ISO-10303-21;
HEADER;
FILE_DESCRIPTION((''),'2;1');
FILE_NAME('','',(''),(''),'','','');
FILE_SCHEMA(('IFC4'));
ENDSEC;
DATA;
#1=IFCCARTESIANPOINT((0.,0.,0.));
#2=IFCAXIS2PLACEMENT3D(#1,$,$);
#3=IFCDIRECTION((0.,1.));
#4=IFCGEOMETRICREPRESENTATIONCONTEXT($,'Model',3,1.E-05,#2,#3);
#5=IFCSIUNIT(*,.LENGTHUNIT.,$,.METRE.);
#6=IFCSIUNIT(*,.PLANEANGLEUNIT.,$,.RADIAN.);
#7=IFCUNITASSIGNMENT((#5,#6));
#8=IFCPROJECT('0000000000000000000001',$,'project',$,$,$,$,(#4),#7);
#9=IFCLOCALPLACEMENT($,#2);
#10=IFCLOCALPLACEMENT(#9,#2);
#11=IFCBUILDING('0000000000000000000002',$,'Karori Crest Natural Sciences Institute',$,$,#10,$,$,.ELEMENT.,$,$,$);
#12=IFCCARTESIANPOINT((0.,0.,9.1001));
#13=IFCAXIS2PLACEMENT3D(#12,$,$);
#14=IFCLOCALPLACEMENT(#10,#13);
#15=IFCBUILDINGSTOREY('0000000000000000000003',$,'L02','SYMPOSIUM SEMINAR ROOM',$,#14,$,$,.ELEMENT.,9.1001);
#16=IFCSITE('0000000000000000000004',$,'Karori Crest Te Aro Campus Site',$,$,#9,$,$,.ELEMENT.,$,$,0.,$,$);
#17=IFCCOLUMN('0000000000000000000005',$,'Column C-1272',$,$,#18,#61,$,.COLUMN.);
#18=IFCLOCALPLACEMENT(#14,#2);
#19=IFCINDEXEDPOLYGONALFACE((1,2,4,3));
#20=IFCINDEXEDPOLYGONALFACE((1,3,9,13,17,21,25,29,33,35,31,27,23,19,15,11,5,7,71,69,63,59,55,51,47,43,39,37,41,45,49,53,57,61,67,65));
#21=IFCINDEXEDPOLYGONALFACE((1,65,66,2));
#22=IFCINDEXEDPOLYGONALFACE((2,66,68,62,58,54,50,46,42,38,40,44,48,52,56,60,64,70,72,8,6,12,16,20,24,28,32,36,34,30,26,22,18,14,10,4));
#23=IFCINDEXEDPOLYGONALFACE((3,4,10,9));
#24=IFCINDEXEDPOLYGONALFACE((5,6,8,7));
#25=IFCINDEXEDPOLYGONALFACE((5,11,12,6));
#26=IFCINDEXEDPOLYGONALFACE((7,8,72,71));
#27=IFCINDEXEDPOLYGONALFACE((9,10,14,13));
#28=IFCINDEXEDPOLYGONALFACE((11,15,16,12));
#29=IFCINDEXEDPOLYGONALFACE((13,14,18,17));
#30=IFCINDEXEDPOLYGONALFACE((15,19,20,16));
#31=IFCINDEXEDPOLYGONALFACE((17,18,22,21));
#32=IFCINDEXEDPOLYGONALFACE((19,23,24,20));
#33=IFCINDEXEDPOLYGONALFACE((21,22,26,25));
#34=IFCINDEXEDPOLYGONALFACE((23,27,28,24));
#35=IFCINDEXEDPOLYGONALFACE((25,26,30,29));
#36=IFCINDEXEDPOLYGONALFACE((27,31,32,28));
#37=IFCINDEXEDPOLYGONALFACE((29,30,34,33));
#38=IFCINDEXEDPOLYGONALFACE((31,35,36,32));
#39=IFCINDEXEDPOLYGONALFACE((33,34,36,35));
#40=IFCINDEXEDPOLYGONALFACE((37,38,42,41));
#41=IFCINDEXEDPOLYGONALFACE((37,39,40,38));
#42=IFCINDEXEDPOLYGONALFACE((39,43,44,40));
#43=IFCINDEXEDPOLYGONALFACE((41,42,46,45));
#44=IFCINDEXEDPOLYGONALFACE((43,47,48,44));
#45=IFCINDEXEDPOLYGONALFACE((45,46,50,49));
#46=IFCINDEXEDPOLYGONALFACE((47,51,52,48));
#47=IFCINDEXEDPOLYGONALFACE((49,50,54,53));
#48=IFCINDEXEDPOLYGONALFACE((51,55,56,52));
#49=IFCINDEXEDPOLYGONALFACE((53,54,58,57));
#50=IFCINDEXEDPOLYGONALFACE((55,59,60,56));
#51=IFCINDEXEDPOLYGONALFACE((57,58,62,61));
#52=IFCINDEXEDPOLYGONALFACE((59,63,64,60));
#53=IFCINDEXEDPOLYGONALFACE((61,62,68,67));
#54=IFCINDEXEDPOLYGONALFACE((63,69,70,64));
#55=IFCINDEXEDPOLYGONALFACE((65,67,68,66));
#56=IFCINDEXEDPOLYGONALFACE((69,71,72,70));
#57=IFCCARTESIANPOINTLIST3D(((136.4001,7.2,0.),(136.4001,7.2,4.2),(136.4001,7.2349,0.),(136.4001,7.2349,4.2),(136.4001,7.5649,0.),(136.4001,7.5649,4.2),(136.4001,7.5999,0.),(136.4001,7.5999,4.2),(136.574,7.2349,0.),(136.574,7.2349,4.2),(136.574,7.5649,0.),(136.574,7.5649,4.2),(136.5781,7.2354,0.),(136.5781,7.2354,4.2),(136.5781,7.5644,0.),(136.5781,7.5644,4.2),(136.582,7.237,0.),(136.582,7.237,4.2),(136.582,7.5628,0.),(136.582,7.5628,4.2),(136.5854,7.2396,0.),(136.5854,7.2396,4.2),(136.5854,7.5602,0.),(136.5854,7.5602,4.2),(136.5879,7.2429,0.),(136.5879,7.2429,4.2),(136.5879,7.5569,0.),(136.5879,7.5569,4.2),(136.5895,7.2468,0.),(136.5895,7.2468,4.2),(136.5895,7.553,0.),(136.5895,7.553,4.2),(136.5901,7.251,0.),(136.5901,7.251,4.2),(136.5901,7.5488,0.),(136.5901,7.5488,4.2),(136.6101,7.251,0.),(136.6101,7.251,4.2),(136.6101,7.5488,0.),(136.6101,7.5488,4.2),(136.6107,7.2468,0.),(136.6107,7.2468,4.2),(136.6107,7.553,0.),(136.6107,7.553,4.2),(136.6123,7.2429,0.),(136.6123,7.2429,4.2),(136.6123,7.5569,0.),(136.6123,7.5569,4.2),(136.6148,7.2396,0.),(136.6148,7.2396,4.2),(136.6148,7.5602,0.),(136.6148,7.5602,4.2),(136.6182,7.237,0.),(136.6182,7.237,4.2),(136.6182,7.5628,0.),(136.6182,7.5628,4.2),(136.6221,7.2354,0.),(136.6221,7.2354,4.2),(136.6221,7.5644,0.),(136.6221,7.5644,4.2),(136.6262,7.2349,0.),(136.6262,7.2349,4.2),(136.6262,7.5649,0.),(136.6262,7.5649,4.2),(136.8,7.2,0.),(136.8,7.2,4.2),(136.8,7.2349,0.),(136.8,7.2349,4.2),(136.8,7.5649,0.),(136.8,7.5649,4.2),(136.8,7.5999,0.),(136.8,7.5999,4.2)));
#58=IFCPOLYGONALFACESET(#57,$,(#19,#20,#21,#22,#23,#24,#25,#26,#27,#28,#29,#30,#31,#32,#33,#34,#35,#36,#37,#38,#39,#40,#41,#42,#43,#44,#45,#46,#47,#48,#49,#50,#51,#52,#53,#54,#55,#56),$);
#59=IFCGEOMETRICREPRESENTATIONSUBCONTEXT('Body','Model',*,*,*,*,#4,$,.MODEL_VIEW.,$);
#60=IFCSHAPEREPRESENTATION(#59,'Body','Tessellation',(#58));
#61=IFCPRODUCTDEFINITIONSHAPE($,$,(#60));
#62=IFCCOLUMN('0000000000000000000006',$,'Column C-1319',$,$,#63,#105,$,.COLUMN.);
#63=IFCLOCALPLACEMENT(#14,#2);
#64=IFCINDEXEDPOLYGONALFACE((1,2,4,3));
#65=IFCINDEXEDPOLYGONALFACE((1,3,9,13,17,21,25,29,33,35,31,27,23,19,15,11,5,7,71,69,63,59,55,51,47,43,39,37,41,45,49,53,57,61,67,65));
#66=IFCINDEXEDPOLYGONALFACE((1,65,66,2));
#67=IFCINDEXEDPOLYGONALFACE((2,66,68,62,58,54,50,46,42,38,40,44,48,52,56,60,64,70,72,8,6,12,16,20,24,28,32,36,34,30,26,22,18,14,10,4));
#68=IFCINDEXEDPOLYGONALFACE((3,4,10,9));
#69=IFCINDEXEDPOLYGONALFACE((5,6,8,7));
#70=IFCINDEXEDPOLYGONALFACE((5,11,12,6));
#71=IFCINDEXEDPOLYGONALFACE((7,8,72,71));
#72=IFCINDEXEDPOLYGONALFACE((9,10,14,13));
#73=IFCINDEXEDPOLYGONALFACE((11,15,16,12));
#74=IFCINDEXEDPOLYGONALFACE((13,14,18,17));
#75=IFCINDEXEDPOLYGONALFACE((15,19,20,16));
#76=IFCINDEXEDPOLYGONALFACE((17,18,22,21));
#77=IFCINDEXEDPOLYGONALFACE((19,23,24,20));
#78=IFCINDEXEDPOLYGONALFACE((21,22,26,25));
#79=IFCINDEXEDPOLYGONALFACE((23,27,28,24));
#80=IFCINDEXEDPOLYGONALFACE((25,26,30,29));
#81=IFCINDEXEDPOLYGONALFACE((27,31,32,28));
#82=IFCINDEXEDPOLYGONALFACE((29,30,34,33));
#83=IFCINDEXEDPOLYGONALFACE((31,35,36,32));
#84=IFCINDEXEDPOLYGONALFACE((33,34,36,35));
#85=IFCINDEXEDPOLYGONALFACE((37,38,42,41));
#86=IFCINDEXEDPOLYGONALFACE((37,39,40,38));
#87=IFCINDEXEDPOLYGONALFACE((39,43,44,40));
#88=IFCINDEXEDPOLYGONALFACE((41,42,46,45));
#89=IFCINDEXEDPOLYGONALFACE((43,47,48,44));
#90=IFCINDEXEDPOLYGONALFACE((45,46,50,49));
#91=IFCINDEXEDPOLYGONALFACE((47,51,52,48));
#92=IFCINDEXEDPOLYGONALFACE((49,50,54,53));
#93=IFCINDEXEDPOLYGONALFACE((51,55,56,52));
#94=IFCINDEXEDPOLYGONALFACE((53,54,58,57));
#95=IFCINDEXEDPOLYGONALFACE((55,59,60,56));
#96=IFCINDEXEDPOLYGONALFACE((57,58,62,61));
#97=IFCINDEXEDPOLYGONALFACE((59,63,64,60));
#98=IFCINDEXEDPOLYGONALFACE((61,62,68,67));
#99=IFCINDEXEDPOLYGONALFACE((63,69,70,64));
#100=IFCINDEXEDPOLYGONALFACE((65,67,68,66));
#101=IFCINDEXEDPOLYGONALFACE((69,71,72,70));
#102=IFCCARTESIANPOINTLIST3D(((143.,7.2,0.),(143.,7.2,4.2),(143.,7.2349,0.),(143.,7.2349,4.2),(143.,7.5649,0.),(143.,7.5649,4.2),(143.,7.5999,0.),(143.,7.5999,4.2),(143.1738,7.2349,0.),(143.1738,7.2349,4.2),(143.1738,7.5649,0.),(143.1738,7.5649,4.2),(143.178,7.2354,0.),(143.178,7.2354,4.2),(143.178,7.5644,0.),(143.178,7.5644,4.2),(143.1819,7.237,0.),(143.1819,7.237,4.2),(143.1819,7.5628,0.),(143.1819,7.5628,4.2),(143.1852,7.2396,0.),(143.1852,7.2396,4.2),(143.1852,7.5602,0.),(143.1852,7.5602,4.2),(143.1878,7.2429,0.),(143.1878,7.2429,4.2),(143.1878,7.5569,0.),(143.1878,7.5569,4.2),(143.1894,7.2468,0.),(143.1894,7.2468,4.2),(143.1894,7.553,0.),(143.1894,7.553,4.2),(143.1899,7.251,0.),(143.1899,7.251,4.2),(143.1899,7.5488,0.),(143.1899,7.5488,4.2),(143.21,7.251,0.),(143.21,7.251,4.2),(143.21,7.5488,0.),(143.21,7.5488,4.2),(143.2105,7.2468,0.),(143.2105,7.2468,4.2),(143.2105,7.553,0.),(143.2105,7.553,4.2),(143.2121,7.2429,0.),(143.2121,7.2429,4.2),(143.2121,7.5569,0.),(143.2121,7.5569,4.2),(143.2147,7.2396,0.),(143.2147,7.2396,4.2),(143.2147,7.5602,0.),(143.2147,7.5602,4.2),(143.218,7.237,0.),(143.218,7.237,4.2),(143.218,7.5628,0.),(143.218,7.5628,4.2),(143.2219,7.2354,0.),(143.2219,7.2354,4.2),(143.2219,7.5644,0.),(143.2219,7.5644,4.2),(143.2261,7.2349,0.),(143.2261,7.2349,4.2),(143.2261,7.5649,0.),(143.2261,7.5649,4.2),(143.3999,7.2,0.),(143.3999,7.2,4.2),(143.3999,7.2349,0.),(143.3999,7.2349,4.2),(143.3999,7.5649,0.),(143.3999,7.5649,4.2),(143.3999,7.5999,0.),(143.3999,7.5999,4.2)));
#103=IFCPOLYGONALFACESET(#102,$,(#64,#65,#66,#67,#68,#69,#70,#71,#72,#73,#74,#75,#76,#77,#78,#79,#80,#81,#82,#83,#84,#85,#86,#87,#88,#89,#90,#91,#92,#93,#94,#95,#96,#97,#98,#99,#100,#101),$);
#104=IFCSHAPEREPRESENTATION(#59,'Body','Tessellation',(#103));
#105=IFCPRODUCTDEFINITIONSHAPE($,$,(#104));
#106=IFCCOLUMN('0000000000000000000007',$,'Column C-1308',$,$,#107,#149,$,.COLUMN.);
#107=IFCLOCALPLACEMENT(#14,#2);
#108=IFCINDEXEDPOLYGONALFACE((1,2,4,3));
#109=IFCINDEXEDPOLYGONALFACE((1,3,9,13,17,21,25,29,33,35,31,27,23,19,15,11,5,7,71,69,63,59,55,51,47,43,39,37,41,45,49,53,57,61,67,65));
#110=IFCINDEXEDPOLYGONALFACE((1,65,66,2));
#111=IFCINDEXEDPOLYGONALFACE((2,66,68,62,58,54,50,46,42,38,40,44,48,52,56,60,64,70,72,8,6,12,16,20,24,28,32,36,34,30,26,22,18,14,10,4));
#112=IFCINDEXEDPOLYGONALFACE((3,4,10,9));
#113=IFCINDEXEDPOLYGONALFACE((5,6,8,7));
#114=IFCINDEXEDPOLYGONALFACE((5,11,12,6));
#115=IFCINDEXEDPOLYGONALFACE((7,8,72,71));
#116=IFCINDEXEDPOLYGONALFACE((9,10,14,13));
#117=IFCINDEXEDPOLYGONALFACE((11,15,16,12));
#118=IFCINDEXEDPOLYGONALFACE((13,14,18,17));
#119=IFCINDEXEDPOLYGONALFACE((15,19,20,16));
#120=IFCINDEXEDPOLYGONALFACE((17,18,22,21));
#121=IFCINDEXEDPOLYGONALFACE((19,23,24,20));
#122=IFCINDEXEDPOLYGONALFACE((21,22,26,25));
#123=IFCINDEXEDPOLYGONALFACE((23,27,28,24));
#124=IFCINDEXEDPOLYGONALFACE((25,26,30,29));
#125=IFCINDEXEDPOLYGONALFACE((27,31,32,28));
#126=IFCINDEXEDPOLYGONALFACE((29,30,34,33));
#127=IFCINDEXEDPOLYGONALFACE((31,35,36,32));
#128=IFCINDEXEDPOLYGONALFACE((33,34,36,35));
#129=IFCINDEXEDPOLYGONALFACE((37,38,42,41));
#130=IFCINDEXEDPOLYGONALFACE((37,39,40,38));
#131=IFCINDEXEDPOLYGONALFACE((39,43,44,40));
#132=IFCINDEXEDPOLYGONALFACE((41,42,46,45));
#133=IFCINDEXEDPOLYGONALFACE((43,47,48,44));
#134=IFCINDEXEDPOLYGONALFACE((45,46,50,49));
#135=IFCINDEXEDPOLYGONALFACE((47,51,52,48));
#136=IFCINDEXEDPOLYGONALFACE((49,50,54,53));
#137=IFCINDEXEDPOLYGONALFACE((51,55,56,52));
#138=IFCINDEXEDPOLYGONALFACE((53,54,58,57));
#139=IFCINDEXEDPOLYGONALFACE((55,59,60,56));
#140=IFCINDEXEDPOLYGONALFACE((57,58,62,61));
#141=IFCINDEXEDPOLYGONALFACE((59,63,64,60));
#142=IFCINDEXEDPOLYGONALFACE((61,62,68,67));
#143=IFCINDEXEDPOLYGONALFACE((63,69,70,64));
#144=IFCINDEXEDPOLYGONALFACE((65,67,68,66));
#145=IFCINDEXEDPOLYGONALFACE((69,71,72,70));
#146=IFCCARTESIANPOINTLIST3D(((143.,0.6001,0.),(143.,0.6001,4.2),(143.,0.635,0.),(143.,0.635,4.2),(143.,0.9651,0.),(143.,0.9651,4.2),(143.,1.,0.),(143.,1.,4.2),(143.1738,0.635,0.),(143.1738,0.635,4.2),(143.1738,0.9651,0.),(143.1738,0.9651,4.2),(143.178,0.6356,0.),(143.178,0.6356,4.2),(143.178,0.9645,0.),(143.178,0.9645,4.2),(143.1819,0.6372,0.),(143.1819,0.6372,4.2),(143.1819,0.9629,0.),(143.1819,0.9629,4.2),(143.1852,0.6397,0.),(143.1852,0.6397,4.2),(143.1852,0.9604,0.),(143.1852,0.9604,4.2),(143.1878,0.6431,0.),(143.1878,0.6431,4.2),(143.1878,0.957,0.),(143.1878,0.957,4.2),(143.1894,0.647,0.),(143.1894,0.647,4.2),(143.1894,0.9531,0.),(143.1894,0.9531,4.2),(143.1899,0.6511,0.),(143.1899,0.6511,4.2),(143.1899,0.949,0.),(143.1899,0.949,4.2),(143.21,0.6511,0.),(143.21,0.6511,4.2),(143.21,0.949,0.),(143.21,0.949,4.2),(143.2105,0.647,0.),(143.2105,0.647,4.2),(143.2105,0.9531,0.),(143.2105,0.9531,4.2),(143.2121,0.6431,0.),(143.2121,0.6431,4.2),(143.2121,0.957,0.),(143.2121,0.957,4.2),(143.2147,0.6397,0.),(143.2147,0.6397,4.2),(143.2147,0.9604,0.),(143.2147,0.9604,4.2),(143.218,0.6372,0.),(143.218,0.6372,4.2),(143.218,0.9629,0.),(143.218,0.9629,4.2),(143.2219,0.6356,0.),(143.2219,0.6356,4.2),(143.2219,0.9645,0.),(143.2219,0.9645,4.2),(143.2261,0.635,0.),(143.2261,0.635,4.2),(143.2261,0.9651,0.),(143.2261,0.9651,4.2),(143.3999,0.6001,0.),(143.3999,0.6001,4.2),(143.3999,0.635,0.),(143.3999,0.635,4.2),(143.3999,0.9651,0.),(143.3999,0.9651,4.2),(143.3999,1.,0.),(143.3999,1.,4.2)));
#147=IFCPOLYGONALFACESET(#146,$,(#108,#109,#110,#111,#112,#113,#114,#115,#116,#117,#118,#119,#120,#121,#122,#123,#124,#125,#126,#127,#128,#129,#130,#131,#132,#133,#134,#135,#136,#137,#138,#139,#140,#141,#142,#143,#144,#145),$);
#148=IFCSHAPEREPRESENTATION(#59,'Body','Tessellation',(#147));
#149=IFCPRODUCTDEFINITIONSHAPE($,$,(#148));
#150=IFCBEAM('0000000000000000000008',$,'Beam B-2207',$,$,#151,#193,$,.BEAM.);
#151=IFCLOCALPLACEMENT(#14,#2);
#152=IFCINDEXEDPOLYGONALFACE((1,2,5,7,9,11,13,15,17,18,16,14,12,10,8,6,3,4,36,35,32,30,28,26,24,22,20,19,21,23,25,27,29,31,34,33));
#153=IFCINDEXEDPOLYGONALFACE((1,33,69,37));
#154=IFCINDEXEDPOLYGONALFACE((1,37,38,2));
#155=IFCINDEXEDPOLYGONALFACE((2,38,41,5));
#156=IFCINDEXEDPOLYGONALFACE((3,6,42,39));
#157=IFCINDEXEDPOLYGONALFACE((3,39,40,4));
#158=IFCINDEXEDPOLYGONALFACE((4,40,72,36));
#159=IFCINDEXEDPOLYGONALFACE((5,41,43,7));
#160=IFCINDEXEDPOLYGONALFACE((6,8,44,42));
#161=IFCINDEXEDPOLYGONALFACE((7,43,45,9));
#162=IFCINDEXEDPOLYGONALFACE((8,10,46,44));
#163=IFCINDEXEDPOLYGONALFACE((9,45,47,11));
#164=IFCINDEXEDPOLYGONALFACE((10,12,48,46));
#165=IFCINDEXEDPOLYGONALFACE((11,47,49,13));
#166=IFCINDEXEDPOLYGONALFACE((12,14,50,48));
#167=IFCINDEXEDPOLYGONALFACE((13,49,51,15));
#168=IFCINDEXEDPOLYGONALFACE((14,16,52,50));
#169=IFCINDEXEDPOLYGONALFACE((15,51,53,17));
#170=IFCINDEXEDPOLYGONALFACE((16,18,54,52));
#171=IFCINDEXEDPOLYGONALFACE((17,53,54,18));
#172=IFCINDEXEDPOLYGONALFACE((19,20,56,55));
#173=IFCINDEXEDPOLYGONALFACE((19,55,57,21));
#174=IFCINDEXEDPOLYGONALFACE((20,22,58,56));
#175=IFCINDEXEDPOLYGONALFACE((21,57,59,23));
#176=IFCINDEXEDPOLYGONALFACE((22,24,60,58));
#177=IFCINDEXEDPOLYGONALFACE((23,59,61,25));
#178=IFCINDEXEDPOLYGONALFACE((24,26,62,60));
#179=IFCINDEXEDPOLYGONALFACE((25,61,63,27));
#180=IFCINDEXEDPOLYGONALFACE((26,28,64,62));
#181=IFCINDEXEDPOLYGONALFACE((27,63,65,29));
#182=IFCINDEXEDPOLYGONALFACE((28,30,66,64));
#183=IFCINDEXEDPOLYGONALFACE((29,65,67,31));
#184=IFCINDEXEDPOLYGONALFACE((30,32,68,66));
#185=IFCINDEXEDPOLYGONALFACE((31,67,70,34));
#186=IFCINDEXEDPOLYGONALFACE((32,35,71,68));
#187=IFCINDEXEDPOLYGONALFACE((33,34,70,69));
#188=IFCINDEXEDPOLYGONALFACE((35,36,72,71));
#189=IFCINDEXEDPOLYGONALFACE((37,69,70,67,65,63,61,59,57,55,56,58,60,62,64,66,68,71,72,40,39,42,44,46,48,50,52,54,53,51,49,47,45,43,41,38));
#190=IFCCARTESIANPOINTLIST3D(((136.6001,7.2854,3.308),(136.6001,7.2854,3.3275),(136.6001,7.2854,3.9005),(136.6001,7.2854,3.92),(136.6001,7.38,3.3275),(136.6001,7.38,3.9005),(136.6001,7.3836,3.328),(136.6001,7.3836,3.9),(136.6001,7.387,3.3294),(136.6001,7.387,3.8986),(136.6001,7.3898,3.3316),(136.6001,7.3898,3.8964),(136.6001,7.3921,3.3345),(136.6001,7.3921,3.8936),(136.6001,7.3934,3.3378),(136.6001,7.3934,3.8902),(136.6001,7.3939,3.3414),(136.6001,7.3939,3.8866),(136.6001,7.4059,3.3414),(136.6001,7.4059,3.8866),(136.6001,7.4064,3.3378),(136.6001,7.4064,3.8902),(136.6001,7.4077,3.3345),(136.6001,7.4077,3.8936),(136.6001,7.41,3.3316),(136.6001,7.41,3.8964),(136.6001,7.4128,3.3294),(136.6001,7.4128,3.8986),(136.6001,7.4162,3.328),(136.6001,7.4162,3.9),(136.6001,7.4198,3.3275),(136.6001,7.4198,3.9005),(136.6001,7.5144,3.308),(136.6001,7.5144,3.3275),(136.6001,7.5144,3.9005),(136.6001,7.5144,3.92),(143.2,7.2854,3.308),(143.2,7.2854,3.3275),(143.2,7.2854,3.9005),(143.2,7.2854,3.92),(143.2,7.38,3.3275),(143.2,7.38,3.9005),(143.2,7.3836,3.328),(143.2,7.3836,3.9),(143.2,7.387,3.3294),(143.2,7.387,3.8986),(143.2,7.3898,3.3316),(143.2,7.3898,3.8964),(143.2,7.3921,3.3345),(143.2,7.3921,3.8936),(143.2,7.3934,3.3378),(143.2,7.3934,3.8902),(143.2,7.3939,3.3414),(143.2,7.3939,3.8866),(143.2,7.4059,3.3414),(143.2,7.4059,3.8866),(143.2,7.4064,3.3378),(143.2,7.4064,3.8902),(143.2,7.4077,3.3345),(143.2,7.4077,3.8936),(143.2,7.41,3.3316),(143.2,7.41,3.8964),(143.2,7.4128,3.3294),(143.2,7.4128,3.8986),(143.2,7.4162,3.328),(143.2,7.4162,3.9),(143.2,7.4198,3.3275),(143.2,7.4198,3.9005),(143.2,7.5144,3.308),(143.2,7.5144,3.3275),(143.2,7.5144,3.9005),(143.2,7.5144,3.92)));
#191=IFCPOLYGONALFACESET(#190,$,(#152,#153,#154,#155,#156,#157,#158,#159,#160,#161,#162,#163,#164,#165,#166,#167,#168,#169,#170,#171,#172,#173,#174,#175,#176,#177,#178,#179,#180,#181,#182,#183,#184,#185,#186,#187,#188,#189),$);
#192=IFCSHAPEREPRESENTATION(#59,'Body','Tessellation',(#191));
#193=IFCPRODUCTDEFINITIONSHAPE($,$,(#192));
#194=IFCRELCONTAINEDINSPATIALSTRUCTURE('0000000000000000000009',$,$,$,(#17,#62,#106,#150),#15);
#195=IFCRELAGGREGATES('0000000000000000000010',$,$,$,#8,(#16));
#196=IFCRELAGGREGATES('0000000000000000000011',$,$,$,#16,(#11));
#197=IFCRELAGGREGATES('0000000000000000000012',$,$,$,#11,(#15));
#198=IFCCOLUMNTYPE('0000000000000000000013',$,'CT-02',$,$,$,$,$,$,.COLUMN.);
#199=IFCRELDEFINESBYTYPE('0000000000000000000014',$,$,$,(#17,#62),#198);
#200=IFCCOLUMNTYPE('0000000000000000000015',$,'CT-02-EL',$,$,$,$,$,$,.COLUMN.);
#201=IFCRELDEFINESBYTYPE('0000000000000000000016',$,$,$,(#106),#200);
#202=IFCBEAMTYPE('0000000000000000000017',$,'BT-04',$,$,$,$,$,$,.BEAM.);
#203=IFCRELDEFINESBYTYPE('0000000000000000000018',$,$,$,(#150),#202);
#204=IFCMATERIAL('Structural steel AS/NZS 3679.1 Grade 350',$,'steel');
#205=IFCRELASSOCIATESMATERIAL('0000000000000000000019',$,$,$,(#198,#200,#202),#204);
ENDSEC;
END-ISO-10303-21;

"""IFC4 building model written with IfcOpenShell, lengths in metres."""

from ifc_helpers import new_model, si_unit, direction, frame, origin, origin_2d, place, context, subcontext, project, spatial, i_section, extrude, material, material_profile, profile_set, type_object, element, save


model = new_model("IFC4")

# Units and contexts
model_context = context("Model", 3, precision=1e-05, world=origin(), true_north=direction((0.0, 1.0)))
body_context = subcontext(model_context, "Body", "Model", "MODEL_VIEW")
ifc_project = project(units=[si_unit("LENGTHUNIT", "METRE"), si_unit("PLANEANGLEUNIT", "RADIAN")], contexts=[model_context])

# Site, building, storey
site_placement = place(None, origin())
site = spatial("IfcSite", under=ifc_project, at=site_placement, Name="Karori Crest Te Aro Campus Site", CompositionType="ELEMENT", RefElevation=0.0)
building_placement = place(site_placement, origin())
building = spatial("IfcBuilding", under=site, at=building_placement, Name="Karori Crest Natural Sciences Institute", CompositionType="ELEMENT")
storey_placement = place(building_placement, frame((0.0, 0.0, 9.1001)))
storey = spatial("IfcBuildingStorey", under=building, at=storey_placement, Name="L02", Description="SYMPOSIUM SEMINAR ROOM", CompositionType="ELEMENT", Elevation=9.1001)

# Columns
ifc_material_1 = material(Name="Structural steel AS/NZS 3679.1 Grade 350", Category="steel")
ifc_material_profile_1 = material_profile(ifc_material_1, i_section(OverallWidth=0.3999, OverallDepth=0.3999, WebThickness=0.02, FlangeThickness=0.0349, FilletRadius=0.0161, at=origin_2d()), Name="400WC328")
ifc_profile_set_1 = profile_set([ifc_material_profile_1], Name="Structural steel AS/NZS 3679.1 Grade 350")
column_type_1 = type_object("IfcColumnType", Name="CT-02", PredefinedType="COLUMN", material=ifc_profile_set_1)
for number, where, z_axis, x_axis, name in (
    (1, (136.6001, 7.3999, 0.0), (0.0, 0.0, 1.0), (1.0, 0.0, 0.0), "Column C-1272"),
    (2, (143.2, 7.3999, 0.0), (0.0, 0.0, 1.0), (1.0, 0.0, 0.0), "Column C-1319"),
):
    element("IfcColumn", number, at=place(storey_placement, frame(where, z_axis=z_axis, x_axis=x_axis)), inside=storey, type_object=column_type_1, Name=name, PredefinedType="COLUMN", context=body_context, shape_type="SweptSolid", body=[
        extrude(i_section(OverallWidth=0.3999, OverallDepth=0.3999, WebThickness=0.02, FlangeThickness=0.0349, FilletRadius=0.0161, at=origin_2d()), origin(), (0.0, 0.0, 1.0), 4.2),
    ])
ifc_material_profile_2 = material_profile(ifc_material_1, i_section(OverallWidth=0.3999, OverallDepth=0.3999, WebThickness=0.02, FlangeThickness=0.0349, FilletRadius=0.0161, at=origin_2d()), Name="400WC328")
ifc_profile_set_2 = profile_set([ifc_material_profile_2], Name="Structural steel AS/NZS 3679.1 Grade 350")
column_type_2 = type_object("IfcColumnType", Name="CT-02-EL", PredefinedType="COLUMN", material=ifc_profile_set_2)
column_placement = place(storey_placement, frame((143.2, 0.8, 0.0), z_axis=(0.0, 0.0, 1.0), x_axis=(1.0, 0.0, 0.0)))
element("IfcColumn", 3, at=column_placement, inside=storey, type_object=column_type_2, Name="Column C-1308", PredefinedType="COLUMN", context=body_context, shape_type="SweptSolid", body=[
    extrude(i_section(OverallWidth=0.3999, OverallDepth=0.3999, WebThickness=0.02, FlangeThickness=0.0349, FilletRadius=0.0161, at=origin_2d()), origin(), (0.0, 0.0, 1.0), 4.2),
])

# Beam
ifc_material_profile_3 = material_profile(ifc_material_1, i_section(OverallWidth=0.229, OverallDepth=0.6121, WebThickness=0.012, FlangeThickness=0.0195, FilletRadius=0.0139, at=origin_2d()), Name="610UB125")
ifc_profile_set_3 = profile_set([ifc_material_profile_3], Name="Structural steel AS/NZS 3679.1 Grade 350")
beam_type_1 = type_object("IfcBeamType", Name="BT-04", PredefinedType="BEAM", material=ifc_profile_set_3)
beam_1_placement = place(storey_placement, frame((136.6001, 7.3999, 3.614), z_axis=(1.0, 0.0, 0.0), x_axis=(0.0, 1.0, 0.0)))
element("IfcBeam", 4, at=beam_1_placement, inside=storey, type_object=beam_type_1, Name="Beam B-2207", PredefinedType="BEAM", context=body_context, shape_type="SweptSolid", body=[
    extrude(i_section(OverallWidth=0.229, OverallDepth=0.6121, WebThickness=0.012, FlangeThickness=0.0195, FilletRadius=0.0139, at=origin_2d()), origin(), (0.0, 0.0, 1.0), 6.5999),
])

save(model, "model.ifc")
